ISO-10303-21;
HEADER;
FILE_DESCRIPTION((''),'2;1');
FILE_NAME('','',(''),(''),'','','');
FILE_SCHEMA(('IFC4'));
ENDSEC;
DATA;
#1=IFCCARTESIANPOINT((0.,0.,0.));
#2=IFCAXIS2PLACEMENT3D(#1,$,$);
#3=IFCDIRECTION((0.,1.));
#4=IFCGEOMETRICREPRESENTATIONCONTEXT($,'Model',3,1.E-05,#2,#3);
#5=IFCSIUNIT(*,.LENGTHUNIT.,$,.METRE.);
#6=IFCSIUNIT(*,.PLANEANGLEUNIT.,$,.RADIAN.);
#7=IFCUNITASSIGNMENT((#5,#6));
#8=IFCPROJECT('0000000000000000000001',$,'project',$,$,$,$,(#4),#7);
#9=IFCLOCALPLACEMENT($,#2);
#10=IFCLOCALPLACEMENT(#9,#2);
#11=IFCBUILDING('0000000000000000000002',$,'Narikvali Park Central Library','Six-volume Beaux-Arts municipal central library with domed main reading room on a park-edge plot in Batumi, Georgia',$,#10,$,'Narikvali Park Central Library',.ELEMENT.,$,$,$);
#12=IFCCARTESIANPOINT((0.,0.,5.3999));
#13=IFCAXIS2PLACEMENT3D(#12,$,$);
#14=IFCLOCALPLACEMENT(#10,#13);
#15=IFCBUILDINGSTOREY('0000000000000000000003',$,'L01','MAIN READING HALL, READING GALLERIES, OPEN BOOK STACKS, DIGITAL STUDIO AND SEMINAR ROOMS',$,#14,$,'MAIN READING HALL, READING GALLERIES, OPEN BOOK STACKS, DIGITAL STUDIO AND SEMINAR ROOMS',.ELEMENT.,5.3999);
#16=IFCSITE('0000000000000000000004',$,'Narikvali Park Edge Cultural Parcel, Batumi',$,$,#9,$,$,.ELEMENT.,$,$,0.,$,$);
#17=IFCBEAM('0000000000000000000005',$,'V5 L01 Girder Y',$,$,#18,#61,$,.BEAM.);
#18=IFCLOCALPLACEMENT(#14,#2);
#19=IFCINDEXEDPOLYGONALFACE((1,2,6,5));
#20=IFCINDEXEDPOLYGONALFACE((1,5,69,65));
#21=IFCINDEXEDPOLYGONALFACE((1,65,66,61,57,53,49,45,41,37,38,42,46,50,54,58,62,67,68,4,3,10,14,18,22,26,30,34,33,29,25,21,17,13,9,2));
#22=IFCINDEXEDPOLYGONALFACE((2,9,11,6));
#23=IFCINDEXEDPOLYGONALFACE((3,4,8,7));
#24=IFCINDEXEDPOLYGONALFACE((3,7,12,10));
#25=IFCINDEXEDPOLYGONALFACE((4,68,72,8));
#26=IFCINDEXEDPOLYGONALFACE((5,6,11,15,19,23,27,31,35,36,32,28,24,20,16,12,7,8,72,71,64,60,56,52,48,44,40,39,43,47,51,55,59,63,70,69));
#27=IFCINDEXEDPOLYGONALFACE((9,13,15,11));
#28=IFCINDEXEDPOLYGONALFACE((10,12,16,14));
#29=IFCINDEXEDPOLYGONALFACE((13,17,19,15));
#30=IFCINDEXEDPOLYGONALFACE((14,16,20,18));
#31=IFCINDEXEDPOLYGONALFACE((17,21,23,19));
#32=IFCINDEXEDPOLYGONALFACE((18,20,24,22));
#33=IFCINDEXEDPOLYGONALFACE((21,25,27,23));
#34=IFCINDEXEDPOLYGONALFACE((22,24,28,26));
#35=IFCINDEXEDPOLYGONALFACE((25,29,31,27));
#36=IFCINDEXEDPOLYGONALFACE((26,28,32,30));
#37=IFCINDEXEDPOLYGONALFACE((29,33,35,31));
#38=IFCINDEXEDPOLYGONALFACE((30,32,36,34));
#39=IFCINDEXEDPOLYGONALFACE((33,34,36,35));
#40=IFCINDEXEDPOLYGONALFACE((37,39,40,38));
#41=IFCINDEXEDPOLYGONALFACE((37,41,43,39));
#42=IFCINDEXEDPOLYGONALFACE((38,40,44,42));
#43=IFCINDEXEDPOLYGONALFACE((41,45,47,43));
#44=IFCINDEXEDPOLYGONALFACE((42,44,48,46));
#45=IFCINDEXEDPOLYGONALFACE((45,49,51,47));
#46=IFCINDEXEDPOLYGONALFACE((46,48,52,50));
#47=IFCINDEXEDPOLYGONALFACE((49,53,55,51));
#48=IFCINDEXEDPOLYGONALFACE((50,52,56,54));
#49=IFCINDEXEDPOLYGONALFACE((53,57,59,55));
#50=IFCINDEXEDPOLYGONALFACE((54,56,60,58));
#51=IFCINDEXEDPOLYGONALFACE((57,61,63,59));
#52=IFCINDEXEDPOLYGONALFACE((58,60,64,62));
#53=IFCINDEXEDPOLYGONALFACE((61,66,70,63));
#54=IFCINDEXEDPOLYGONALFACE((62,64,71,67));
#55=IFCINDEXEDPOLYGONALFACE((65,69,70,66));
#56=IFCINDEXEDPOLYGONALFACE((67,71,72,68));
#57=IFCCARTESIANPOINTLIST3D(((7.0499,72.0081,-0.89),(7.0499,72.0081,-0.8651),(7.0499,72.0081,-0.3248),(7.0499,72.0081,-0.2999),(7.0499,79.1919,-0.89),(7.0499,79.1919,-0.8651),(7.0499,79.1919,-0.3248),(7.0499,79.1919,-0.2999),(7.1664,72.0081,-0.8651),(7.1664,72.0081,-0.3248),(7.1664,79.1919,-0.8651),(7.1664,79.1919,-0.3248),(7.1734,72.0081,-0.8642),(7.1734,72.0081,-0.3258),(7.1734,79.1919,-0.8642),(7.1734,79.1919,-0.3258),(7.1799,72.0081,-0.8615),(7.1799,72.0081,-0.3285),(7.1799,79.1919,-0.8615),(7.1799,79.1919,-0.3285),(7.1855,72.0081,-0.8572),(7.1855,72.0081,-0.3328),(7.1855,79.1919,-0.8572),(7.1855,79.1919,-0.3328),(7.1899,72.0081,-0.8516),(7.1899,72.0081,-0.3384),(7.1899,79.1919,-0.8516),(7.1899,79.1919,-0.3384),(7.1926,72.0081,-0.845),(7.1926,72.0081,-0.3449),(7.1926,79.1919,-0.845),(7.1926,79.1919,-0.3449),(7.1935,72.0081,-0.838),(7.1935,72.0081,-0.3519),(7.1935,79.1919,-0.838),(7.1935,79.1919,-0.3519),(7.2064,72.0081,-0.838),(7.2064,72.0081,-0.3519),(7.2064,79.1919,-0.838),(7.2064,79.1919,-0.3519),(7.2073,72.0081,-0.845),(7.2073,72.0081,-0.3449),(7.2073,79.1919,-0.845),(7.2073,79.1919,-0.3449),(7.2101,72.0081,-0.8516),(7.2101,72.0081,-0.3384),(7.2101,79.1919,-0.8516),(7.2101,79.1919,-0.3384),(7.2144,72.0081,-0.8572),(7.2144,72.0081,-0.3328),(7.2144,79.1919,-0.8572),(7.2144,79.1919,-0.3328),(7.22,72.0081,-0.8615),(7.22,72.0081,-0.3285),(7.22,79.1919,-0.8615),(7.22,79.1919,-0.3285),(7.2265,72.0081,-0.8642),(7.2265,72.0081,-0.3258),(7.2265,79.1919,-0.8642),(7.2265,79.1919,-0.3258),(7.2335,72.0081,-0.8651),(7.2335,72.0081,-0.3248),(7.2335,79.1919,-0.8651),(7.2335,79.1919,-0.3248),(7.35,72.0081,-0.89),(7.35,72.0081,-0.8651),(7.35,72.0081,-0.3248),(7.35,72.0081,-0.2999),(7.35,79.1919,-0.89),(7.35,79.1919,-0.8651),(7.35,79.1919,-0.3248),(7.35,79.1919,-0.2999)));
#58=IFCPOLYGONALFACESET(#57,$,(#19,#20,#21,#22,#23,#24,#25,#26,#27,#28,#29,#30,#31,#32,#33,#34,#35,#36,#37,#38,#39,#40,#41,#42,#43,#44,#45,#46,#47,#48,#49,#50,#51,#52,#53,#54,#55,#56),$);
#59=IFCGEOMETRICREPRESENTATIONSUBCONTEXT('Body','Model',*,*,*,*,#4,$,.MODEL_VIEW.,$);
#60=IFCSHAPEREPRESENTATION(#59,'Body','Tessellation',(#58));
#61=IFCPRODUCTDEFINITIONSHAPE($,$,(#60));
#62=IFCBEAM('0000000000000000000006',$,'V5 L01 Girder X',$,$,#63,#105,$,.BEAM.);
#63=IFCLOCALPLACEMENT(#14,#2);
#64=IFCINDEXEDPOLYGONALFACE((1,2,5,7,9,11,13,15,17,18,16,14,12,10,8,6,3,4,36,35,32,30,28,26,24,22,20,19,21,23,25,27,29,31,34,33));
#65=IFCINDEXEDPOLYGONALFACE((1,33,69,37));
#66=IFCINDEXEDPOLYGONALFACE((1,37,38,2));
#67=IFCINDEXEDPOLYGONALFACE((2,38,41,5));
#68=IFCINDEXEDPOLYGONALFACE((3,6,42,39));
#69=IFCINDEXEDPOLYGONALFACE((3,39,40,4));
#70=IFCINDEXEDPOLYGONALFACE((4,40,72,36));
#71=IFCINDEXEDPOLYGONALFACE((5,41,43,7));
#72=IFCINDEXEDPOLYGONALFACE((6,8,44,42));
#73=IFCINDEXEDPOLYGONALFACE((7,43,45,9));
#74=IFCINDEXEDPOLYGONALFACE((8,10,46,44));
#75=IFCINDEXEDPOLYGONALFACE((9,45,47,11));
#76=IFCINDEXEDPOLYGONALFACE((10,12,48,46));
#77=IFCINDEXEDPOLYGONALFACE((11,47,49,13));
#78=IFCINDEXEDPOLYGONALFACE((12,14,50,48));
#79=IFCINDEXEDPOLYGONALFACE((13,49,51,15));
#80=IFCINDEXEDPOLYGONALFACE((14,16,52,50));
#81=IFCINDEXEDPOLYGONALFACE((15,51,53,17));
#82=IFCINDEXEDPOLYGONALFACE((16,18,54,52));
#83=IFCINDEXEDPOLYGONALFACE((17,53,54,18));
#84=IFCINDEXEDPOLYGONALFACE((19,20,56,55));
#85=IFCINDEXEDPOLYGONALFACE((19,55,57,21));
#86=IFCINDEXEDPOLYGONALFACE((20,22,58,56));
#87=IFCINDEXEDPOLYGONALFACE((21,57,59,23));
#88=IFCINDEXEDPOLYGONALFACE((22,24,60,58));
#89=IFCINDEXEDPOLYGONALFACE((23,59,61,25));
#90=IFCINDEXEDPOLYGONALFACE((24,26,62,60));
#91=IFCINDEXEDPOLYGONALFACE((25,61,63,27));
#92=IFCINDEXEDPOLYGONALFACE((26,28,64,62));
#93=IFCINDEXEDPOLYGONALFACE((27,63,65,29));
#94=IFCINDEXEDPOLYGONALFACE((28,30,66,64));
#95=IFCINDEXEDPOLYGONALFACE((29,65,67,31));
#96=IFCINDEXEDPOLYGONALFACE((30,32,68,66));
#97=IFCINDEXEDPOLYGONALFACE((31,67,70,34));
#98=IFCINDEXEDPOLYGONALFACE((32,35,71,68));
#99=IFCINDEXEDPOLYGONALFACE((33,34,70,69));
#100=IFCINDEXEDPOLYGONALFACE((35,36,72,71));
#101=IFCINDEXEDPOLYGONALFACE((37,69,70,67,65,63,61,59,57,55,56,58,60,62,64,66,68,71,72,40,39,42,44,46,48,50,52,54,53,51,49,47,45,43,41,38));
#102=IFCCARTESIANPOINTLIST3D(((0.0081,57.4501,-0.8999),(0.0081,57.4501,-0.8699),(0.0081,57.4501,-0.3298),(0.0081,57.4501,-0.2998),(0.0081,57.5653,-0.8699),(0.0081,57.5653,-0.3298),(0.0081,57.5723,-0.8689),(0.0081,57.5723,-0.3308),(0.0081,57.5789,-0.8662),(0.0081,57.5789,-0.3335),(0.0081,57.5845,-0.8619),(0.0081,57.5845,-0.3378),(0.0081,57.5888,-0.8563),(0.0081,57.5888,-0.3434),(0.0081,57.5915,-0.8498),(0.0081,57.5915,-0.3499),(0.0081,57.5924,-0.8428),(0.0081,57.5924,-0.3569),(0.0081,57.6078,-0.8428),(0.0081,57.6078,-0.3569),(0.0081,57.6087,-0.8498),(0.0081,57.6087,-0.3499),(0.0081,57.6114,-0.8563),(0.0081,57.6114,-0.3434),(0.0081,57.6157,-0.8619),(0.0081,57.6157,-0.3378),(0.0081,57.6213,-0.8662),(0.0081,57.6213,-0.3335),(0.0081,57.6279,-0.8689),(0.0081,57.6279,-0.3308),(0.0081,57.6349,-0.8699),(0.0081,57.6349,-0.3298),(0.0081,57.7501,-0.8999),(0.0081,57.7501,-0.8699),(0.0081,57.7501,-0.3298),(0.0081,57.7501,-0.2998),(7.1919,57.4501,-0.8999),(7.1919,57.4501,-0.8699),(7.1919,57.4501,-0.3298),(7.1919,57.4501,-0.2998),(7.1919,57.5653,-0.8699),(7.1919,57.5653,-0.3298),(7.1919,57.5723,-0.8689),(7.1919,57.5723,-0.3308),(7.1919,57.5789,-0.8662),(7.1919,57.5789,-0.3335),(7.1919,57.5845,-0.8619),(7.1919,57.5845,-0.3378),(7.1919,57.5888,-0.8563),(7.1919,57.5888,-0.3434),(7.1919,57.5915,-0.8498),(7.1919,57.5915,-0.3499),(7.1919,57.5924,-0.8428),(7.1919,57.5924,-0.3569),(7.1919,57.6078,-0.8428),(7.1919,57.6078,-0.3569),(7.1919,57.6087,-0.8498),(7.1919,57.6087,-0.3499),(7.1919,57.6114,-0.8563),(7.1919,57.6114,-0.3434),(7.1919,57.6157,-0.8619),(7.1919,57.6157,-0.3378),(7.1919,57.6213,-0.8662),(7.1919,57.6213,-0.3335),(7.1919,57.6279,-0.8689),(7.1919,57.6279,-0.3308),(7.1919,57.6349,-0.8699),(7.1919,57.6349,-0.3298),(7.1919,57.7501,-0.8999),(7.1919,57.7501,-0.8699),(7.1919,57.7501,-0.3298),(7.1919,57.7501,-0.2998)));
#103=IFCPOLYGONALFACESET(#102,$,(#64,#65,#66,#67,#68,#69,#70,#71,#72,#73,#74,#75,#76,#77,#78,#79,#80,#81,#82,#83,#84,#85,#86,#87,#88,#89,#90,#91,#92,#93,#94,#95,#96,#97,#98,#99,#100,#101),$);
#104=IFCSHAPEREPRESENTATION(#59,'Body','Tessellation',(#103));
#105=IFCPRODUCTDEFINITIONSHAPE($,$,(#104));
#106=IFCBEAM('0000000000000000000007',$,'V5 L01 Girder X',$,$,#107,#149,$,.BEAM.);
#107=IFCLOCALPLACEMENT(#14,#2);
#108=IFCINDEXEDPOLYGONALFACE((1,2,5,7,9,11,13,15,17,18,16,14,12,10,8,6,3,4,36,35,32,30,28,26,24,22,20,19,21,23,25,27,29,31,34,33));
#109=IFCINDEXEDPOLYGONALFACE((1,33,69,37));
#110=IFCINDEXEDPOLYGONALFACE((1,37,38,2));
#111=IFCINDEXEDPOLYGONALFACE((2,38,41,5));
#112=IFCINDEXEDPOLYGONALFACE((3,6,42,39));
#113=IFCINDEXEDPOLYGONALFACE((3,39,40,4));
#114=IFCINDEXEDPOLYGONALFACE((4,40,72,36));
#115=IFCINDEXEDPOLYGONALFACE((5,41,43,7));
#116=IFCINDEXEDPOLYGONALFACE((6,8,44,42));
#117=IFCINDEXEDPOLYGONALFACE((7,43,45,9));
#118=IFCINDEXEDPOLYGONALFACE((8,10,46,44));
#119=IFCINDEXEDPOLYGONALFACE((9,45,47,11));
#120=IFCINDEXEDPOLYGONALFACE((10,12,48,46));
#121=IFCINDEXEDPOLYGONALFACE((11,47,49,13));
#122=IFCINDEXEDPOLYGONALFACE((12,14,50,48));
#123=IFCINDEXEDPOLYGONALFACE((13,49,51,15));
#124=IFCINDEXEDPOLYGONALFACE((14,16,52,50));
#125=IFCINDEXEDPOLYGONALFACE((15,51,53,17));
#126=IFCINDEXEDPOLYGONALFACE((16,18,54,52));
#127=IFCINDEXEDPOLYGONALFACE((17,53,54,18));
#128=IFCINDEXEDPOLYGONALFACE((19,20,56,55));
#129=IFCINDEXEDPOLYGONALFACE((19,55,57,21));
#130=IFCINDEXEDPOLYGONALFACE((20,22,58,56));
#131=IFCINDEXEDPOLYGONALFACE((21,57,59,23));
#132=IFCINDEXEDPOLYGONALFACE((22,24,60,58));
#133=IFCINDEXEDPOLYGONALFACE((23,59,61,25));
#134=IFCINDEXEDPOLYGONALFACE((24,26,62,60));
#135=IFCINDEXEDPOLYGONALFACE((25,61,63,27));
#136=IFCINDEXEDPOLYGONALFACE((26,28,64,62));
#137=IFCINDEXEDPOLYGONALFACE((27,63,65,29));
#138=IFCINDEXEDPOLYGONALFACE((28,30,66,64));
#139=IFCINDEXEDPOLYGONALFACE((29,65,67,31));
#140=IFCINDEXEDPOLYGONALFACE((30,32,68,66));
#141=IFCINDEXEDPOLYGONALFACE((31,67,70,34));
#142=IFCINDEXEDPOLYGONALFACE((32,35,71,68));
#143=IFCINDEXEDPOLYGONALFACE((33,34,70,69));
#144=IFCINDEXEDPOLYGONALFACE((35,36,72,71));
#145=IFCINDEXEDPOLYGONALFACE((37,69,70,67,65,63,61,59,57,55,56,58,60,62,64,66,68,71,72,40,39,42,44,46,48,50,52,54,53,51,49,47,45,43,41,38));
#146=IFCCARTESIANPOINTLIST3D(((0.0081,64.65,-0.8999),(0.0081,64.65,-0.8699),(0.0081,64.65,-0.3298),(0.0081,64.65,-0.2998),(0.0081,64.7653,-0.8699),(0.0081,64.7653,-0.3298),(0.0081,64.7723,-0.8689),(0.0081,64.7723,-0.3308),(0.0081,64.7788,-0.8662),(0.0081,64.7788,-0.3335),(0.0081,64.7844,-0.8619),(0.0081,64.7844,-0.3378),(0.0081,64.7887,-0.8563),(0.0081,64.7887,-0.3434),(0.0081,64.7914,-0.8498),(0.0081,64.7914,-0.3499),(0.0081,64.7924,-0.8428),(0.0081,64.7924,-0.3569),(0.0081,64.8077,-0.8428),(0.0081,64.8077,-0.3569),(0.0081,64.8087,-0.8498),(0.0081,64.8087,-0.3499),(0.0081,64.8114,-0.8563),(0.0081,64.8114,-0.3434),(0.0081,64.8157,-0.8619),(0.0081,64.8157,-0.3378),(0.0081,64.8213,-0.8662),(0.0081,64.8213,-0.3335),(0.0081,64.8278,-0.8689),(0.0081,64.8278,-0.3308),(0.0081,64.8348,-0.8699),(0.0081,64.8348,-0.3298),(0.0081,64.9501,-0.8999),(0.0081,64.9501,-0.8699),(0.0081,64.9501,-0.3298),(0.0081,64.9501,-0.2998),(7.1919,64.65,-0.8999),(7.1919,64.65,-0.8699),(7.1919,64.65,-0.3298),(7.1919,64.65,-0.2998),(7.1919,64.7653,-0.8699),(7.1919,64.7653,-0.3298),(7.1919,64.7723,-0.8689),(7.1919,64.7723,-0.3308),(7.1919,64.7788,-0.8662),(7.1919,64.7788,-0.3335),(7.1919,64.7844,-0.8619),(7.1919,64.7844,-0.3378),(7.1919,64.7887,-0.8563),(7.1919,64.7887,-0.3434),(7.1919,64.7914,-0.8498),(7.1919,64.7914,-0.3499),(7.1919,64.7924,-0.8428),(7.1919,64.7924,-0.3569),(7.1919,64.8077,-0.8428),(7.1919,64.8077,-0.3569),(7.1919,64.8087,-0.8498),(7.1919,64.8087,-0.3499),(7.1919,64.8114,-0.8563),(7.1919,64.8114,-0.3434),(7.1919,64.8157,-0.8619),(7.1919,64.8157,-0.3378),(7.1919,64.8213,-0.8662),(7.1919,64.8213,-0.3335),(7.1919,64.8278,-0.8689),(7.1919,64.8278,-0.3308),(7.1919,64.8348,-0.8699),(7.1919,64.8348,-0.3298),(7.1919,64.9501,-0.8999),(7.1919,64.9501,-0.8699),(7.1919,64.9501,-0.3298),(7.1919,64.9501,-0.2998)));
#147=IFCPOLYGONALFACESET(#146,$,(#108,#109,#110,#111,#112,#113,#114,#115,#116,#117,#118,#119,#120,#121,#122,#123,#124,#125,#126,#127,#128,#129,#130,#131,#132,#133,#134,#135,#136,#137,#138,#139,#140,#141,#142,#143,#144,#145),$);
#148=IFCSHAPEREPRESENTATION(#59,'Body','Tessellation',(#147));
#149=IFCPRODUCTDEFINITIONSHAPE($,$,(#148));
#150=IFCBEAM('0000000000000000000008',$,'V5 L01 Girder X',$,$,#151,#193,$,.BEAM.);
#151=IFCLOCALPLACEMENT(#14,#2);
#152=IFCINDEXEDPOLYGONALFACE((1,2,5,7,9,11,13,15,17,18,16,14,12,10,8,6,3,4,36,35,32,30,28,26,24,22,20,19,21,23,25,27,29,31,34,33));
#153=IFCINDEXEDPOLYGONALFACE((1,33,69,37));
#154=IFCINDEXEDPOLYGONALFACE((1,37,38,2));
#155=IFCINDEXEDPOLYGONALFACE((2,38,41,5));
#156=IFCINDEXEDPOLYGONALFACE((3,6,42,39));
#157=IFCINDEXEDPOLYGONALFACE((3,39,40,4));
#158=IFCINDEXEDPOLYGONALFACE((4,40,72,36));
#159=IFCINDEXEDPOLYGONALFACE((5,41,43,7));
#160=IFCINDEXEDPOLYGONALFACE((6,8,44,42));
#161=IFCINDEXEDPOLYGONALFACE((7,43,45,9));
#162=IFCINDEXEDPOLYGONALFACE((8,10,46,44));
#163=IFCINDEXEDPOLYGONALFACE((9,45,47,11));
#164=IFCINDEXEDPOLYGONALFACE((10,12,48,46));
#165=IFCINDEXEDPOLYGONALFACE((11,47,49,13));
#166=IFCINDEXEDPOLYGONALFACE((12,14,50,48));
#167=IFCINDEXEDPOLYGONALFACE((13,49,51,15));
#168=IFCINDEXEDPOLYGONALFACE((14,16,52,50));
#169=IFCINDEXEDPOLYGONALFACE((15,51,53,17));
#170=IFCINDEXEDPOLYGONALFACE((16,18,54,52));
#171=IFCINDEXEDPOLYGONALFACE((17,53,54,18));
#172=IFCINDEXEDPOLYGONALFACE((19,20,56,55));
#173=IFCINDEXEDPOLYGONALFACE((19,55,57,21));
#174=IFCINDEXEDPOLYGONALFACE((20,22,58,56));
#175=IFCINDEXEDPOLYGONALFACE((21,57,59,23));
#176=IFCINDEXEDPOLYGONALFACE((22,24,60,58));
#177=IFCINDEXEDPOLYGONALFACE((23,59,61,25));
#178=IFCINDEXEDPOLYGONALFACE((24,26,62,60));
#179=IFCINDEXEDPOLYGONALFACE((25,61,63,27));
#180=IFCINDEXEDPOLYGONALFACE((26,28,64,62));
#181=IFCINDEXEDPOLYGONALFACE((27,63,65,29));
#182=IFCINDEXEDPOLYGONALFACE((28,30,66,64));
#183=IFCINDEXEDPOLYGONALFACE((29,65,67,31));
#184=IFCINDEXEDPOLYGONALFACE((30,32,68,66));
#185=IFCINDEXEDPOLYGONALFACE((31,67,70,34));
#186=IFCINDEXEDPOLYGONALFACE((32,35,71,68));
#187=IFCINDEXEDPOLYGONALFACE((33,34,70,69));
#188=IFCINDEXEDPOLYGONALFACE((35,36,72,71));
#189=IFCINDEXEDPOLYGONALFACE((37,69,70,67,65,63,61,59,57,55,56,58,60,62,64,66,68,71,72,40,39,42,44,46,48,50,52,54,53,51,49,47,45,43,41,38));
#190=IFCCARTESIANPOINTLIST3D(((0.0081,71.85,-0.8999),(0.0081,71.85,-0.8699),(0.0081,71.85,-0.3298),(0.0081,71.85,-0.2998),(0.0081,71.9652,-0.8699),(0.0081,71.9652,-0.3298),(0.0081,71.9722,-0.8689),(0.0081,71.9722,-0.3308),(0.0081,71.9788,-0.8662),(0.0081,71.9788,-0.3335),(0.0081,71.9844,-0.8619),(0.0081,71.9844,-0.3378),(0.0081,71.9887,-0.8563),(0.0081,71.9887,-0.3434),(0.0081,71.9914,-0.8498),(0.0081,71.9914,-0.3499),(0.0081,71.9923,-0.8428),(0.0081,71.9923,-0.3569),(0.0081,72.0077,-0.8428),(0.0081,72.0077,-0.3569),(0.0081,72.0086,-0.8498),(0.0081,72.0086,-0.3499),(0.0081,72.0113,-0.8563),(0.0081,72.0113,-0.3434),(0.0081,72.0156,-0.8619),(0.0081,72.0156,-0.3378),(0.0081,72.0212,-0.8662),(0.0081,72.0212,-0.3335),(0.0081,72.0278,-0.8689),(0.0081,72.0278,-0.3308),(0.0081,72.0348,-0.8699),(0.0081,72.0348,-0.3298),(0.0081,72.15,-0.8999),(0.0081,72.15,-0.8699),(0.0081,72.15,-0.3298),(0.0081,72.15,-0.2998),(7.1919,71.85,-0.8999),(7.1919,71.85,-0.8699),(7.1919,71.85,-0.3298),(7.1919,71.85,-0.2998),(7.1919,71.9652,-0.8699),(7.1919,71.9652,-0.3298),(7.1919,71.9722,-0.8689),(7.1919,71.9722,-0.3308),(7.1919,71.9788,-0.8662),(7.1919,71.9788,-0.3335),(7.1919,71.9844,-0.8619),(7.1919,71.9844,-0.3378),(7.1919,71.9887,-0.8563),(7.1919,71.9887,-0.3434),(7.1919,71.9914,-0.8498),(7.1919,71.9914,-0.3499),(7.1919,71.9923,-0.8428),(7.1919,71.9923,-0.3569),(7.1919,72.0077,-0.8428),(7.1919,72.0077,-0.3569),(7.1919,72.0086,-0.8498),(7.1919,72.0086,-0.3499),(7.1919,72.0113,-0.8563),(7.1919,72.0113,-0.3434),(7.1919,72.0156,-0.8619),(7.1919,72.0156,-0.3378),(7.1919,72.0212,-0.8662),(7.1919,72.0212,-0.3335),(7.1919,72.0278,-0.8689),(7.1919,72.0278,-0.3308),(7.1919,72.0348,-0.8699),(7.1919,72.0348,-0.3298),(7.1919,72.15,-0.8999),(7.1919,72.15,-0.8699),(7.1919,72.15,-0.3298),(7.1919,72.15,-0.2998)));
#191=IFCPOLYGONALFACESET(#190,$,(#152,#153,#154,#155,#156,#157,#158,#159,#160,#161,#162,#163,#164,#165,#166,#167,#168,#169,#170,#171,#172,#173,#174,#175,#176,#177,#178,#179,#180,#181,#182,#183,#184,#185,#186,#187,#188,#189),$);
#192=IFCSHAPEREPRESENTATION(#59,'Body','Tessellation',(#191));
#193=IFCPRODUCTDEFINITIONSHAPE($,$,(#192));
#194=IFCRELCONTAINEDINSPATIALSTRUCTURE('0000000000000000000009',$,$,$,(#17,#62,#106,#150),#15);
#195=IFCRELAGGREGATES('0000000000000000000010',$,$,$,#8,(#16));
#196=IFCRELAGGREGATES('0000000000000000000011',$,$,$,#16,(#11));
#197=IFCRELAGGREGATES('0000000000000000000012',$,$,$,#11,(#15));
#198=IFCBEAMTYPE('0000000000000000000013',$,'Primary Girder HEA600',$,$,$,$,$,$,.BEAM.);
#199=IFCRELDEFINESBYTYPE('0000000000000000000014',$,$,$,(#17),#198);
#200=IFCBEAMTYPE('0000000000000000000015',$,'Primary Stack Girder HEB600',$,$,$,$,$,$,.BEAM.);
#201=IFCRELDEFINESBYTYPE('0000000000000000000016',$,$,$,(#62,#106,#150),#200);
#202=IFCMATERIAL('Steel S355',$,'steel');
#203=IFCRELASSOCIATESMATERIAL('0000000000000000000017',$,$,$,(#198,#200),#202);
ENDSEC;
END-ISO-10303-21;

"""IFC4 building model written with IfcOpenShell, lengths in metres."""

from ifc_helpers import new_model, si_unit, direction, frame, origin, origin_2d, place, context, subcontext, project, spatial, i_section, extrude, material, material_profile, profile_set, type_object, element, save


model = new_model("IFC4")

# Units and contexts
model_context = context("Model", 3, precision=1e-05, world=origin(), true_north=direction((0.0, 1.0)))
body_context = subcontext(model_context, "Body", "Model", "MODEL_VIEW")
ifc_project = project(units=[si_unit("LENGTHUNIT", "METRE"), si_unit("PLANEANGLEUNIT", "RADIAN")], contexts=[model_context])

# Site, building, storey
site_placement = place(None, origin())
site = spatial("IfcSite", under=ifc_project, at=site_placement, Name="Narikvali Park Edge Cultural Parcel, Batumi", CompositionType="ELEMENT", RefElevation=0.0)
building_placement = place(site_placement, origin())
building = spatial("IfcBuilding", under=site, at=building_placement, Name="Narikvali Park Central Library", Description="Six-volume Beaux-Arts municipal central library with domed main reading room on a park-edge plot in Batumi, Georgia", LongName="Narikvali Park Central Library", CompositionType="ELEMENT")
storey_placement = place(building_placement, frame((0.0, 0.0, 5.3999)))
storey = spatial("IfcBuildingStorey", under=building, at=storey_placement, Name="L01", Description="MAIN READING HALL, READING GALLERIES, OPEN BOOK STACKS, DIGITAL STUDIO AND SEMINAR ROOMS", LongName="MAIN READING HALL, READING GALLERIES, OPEN BOOK STACKS, DIGITAL STUDIO AND SEMINAR ROOMS", CompositionType="ELEMENT", Elevation=5.3999)

# Shared definitions
ifc_material_1 = material(Name="Steel S355", Category="steel")

# Beams
ifc_material_profile_1 = material_profile(ifc_material_1, i_section(OverallWidth=0.3, OverallDepth=0.5901, WebThickness=0.0129, FlangeThickness=0.0249, FilletRadius=0.0271, at=origin_2d()), Name="HEA 600")
ifc_profile_set_1 = profile_set([ifc_material_profile_1], Name="Steel S355")
beam_type_1 = type_object("IfcBeamType", Name="Primary Girder HEA600", PredefinedType="BEAM", material=ifc_profile_set_1)
for number, where, z_axis, x_axis, name in (
    (1, (7.2, 72.0081, -0.595), (0.0, 1.0, 0.0), (-1.0, 0.0, 0.0), "V5 L01 Girder Y"),
):
    element("IfcBeam", number, at=place(storey_placement, frame(where, z_axis=z_axis, x_axis=x_axis)), inside=storey, type_object=beam_type_1, Name=name, PredefinedType="BEAM", context=body_context, shape_type="SweptSolid", body=[
        extrude(i_section(OverallWidth=0.3, OverallDepth=0.5901, WebThickness=0.0129, FlangeThickness=0.0249, FilletRadius=0.0271, at=origin_2d()), origin(), (0.0, 0.0, 1.0), 7.1838),
    ])
ifc_material_profile_2 = material_profile(ifc_material_1, i_section(OverallWidth=0.3, OverallDepth=0.6001, WebThickness=0.0154, FlangeThickness=0.03, FilletRadius=0.0271, at=origin_2d()), Name="HEB 600")
ifc_profile_set_2 = profile_set([ifc_material_profile_2], Name="Steel S355")
beam_type_2 = type_object("IfcBeamType", Name="Primary Stack Girder HEB600", PredefinedType="BEAM", material=ifc_profile_set_2)
for number, where, z_axis, x_axis, name in (
    (2, (0.0081, 57.6001, -0.5999), (1.0, 0.0, 0.0), (0.0, 1.0, 0.0), "V5 L01 Girder X"),
    (3, (0.0081, 64.8, -0.5999), (1.0, 0.0, 0.0), (0.0, 1.0, 0.0), "V5 L01 Girder X"),
    (4, (0.0081, 72.0, -0.5999), (1.0, 0.0, 0.0), (0.0, 1.0, 0.0), "V5 L01 Girder X"),
):
    element("IfcBeam", number, at=place(storey_placement, frame(where, z_axis=z_axis, x_axis=x_axis)), inside=storey, type_object=beam_type_2, Name=name, PredefinedType="BEAM", context=body_context, shape_type="SweptSolid", body=[
        extrude(i_section(OverallWidth=0.3, OverallDepth=0.6001, WebThickness=0.0154, FlangeThickness=0.03, FilletRadius=0.0271, at=origin_2d()), origin(), (0.0, 0.0, 1.0), 7.1838),
    ])

save(model, "model.ifc")
